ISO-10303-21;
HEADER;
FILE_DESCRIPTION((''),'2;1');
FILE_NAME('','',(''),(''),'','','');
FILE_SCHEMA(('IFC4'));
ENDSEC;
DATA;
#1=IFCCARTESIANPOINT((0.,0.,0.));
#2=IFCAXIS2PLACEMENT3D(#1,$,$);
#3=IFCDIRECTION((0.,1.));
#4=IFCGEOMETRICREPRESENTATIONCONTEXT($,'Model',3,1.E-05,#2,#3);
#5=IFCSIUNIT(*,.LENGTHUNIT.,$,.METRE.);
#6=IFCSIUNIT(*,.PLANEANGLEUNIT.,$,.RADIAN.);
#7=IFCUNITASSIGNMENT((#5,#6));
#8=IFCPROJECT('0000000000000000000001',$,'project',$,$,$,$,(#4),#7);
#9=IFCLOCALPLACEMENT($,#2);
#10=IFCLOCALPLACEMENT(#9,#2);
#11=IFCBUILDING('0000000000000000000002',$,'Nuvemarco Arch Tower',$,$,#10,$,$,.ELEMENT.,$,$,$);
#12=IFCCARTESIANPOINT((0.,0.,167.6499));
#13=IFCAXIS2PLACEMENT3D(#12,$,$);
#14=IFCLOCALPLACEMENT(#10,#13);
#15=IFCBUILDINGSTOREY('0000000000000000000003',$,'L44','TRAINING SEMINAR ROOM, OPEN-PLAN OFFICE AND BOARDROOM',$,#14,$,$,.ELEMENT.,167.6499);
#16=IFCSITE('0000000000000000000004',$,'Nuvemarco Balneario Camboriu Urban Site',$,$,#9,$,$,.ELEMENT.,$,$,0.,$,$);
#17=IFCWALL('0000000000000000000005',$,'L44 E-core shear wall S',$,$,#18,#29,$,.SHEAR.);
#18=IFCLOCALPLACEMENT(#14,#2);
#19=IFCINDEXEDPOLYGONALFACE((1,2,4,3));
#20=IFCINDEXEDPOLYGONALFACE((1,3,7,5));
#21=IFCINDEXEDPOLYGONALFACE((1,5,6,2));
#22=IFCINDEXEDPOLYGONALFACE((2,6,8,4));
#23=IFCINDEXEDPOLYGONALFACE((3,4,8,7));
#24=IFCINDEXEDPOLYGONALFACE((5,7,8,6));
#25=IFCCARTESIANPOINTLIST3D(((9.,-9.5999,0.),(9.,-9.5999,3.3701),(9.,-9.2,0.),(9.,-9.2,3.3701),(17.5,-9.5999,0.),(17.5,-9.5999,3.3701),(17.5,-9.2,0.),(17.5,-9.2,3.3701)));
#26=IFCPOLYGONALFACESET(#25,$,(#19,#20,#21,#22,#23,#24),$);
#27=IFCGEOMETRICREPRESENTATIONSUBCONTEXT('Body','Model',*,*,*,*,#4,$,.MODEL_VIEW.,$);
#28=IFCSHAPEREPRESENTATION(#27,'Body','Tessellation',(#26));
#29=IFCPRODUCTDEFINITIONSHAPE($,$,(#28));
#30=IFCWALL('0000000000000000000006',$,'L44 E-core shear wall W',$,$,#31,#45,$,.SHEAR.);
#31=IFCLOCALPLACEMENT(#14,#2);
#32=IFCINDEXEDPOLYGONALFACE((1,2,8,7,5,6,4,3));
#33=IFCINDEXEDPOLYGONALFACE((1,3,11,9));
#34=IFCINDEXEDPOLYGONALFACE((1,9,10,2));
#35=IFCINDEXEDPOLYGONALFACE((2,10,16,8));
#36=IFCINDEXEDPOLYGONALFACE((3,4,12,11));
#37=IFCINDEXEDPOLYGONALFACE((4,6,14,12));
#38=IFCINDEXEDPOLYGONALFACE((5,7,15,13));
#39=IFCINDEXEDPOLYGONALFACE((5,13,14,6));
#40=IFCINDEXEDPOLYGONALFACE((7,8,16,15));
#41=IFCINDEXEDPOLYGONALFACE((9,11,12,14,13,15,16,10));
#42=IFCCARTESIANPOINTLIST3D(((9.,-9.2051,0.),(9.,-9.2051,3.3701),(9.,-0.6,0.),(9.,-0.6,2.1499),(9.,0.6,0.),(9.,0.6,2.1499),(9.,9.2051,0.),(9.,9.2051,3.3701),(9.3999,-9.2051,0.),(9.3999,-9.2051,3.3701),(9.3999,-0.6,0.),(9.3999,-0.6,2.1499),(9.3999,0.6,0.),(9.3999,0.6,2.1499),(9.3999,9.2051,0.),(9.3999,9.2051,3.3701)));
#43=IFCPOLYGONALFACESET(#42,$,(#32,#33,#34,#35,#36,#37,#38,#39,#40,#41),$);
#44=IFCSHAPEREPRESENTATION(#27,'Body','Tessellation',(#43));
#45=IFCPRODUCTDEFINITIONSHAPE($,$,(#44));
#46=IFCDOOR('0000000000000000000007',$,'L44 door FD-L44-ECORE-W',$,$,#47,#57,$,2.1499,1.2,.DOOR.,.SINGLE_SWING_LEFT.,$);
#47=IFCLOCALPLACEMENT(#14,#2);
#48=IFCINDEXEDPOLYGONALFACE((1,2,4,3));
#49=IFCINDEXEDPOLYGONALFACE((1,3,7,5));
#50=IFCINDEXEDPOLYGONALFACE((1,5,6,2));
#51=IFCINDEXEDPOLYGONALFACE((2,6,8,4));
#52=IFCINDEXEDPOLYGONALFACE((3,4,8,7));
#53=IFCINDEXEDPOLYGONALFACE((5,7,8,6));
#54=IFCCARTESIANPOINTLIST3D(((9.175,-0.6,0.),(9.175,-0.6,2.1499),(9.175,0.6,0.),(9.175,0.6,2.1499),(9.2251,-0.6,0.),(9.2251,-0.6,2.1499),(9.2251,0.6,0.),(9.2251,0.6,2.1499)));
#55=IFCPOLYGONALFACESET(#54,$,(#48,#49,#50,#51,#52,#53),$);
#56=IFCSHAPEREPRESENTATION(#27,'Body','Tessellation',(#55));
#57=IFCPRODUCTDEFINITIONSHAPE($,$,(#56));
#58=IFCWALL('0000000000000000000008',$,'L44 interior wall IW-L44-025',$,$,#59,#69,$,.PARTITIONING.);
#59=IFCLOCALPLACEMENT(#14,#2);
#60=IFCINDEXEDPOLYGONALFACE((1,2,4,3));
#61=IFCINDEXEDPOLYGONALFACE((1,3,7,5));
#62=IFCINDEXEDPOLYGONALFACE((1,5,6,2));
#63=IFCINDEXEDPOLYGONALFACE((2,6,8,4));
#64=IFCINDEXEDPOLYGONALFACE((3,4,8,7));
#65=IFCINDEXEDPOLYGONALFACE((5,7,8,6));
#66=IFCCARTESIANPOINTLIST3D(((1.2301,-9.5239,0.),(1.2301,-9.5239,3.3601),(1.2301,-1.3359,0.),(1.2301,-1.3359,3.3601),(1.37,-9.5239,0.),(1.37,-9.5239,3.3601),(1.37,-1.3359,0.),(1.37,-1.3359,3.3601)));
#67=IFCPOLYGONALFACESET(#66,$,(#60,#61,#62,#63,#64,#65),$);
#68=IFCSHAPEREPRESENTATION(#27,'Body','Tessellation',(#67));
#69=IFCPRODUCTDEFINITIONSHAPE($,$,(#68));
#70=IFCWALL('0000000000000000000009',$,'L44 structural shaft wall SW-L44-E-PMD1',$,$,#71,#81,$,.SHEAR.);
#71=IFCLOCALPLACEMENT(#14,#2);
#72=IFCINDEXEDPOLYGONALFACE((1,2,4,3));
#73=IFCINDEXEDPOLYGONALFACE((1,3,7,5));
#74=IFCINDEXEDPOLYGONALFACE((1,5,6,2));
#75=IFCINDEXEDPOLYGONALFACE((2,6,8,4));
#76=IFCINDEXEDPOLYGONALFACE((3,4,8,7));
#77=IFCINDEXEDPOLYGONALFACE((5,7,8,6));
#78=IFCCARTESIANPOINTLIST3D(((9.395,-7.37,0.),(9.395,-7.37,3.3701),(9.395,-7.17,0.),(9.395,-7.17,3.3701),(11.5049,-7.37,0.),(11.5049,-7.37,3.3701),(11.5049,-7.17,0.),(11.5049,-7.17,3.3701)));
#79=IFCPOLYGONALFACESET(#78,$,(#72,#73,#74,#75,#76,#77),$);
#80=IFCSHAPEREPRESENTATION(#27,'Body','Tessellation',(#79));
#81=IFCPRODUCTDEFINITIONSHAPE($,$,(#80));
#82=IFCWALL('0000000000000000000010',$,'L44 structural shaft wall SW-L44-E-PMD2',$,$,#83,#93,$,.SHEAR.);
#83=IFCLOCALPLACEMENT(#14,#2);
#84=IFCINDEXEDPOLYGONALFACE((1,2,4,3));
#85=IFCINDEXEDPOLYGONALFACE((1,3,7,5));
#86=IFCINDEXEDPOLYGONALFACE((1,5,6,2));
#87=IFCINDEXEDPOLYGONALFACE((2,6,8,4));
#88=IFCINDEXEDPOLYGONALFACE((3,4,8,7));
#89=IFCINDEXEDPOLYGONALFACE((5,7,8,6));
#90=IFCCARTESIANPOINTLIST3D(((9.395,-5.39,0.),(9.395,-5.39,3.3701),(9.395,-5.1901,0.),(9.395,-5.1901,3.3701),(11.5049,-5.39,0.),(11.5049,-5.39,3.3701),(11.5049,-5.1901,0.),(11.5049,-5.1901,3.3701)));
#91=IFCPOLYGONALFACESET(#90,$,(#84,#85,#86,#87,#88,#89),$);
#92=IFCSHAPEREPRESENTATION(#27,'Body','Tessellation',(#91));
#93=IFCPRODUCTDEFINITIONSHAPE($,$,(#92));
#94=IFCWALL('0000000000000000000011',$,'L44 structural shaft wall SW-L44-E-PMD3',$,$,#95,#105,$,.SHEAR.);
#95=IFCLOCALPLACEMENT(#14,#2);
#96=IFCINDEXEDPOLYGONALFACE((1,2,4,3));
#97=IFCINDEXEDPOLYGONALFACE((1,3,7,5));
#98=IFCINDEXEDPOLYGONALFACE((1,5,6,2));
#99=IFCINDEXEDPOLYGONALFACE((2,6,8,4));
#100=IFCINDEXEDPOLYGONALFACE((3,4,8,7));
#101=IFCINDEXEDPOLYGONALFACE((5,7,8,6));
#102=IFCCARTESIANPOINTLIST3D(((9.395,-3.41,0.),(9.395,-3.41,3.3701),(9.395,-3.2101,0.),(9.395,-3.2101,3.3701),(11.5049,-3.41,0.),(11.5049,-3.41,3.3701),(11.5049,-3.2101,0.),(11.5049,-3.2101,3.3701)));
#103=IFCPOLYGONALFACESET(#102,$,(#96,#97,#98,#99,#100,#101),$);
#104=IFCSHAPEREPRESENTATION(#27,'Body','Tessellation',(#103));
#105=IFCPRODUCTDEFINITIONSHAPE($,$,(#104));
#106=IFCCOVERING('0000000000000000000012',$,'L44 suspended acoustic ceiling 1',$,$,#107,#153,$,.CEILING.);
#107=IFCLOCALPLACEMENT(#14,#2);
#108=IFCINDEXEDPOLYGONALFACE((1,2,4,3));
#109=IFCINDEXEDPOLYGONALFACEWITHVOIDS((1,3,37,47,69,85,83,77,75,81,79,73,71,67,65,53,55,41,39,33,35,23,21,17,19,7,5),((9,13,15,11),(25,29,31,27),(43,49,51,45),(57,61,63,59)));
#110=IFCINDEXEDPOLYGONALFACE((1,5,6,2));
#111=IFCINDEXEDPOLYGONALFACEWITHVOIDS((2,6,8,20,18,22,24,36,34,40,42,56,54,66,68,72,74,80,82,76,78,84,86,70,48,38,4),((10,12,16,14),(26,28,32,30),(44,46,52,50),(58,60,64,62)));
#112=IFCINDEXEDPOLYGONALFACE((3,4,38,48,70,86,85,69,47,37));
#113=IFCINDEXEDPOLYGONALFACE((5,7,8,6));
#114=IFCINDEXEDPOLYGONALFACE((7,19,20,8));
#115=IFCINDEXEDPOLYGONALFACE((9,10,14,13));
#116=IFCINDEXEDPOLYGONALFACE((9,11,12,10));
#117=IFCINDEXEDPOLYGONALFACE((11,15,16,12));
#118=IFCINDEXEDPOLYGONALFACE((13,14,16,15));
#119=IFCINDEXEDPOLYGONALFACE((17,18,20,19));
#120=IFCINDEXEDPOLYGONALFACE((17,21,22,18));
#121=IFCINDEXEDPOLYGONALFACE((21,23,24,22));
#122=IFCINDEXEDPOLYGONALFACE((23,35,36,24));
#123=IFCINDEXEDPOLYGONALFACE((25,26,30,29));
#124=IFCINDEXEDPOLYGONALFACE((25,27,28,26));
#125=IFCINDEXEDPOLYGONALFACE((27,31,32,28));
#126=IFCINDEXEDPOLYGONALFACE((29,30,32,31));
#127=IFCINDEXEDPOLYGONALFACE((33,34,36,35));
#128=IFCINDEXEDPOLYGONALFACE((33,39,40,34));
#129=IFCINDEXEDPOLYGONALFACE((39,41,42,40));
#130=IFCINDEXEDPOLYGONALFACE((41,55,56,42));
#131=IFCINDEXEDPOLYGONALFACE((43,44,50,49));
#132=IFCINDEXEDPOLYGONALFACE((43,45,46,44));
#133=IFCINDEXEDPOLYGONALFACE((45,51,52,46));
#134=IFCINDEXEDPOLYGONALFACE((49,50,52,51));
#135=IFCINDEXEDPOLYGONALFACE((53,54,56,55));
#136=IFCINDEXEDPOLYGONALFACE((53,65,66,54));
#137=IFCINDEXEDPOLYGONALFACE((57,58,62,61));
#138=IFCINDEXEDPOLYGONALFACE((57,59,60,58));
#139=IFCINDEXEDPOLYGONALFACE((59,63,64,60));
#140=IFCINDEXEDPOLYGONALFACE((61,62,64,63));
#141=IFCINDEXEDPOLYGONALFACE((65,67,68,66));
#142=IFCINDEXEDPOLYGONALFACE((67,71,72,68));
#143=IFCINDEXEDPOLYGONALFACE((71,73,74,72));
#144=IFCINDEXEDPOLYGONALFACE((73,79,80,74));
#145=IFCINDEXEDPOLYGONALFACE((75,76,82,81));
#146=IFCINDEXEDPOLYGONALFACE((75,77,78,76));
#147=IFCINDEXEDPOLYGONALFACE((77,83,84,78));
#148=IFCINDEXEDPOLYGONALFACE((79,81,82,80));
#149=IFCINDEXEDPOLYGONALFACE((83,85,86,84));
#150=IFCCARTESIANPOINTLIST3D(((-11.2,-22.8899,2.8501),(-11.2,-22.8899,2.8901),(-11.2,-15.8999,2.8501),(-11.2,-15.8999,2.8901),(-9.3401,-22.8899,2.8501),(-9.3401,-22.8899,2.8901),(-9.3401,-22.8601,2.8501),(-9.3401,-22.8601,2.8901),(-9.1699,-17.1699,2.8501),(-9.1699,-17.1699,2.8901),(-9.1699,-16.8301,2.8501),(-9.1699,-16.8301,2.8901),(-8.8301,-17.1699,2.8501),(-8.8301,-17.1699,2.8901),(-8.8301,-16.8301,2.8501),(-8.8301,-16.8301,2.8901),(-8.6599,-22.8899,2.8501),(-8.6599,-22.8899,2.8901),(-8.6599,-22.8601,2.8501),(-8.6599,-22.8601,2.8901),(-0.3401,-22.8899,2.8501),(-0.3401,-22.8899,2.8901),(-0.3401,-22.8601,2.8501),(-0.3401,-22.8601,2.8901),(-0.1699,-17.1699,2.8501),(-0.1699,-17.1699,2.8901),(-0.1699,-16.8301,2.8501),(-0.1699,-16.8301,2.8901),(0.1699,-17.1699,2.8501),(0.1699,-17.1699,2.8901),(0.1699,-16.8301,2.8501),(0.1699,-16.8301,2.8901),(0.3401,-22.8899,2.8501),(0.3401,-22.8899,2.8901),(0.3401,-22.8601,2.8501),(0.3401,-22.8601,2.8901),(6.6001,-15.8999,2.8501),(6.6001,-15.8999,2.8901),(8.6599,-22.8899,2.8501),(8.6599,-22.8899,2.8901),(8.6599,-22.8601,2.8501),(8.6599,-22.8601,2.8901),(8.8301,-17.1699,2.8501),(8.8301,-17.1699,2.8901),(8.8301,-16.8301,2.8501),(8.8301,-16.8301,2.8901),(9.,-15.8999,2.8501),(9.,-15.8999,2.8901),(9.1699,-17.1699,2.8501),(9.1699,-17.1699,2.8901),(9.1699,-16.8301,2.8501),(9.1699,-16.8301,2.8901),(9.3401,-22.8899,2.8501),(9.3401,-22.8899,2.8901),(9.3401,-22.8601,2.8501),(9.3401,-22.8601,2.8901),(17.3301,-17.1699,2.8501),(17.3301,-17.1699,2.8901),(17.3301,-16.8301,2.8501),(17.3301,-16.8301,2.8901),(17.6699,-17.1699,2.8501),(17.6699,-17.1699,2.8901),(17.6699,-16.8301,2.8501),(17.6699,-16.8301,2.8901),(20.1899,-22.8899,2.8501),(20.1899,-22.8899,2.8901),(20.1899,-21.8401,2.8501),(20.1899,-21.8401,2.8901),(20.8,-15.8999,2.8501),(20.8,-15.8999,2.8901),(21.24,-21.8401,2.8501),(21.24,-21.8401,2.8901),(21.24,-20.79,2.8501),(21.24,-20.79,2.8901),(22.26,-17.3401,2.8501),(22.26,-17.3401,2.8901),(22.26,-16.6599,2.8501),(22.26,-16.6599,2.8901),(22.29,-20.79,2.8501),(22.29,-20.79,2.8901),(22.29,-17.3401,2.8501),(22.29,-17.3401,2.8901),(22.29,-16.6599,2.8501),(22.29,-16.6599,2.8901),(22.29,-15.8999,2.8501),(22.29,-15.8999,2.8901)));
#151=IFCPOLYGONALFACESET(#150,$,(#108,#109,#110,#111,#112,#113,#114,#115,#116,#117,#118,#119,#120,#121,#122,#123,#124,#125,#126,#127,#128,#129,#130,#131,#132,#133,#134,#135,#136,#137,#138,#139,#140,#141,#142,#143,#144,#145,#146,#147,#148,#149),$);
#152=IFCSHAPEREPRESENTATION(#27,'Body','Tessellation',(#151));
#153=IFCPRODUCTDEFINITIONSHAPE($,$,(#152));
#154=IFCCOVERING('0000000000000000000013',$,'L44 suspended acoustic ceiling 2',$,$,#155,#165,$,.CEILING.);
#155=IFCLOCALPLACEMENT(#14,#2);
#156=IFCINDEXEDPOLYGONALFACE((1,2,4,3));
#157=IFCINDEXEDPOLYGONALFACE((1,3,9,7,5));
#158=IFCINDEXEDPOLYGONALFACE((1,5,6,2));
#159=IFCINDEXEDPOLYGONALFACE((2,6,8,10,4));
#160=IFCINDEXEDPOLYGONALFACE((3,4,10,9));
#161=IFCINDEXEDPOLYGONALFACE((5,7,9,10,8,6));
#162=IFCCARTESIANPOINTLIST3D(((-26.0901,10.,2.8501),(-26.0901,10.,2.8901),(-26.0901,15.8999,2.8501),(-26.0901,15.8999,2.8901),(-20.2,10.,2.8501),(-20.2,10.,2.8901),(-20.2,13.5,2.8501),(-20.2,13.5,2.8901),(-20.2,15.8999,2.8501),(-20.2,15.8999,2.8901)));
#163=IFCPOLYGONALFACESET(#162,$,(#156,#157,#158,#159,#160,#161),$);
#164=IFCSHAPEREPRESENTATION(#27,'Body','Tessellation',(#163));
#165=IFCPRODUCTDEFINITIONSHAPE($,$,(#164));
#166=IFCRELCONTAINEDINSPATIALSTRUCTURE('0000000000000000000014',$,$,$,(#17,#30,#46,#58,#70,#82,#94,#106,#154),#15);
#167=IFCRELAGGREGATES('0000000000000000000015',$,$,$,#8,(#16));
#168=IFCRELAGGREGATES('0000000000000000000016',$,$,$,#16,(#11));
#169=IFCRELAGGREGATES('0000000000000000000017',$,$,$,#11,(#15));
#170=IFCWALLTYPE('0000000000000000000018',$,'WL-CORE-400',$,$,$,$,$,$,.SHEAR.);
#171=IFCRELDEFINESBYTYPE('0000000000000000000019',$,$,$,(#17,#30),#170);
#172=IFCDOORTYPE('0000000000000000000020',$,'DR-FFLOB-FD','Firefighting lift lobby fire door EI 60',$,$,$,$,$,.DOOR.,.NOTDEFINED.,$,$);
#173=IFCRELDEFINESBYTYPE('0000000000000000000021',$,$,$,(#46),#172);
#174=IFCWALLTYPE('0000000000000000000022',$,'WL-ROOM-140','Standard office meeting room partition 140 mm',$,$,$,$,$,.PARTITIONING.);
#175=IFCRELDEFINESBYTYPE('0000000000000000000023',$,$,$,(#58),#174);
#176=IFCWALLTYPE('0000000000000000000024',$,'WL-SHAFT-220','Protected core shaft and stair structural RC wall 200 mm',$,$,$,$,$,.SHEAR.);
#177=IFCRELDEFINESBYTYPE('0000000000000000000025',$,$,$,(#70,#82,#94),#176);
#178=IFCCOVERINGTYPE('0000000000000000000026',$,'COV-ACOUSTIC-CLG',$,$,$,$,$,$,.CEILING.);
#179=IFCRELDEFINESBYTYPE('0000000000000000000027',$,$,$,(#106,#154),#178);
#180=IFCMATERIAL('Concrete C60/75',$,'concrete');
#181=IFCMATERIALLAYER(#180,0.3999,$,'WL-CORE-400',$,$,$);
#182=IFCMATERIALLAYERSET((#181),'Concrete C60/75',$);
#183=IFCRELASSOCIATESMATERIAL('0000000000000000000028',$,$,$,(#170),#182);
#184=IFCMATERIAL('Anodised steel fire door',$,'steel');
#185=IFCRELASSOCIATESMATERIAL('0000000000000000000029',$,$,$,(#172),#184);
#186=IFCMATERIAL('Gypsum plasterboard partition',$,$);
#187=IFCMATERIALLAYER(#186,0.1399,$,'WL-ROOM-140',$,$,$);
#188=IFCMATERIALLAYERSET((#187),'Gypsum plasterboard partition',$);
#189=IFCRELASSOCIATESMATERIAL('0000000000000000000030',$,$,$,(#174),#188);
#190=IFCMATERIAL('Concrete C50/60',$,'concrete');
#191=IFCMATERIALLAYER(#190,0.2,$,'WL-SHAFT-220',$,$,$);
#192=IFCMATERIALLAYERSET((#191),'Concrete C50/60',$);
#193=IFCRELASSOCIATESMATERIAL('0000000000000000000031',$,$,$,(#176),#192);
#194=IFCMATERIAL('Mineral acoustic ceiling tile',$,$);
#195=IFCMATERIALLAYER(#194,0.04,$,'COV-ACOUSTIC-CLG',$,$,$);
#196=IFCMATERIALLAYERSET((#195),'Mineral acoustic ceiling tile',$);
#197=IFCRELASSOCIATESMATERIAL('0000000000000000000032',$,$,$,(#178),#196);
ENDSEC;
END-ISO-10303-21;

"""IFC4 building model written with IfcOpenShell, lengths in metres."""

from ifc_helpers import new_model, si_unit, direction, frame, frame_2d, origin, place, context, subcontext, project, spatial, polyline, rectangle, outline, extrude, source, transform, mapped, material, layer, layer_set, type_object, type_shapes, element, fill, save


model = new_model("IFC4")

# Units and contexts
model_context = context("Model", 3, precision=1e-05, world=origin(), true_north=direction((0.0, 1.0)))
body_context = subcontext(model_context, "Body", "Model", "MODEL_VIEW")
ifc_project = project(units=[si_unit("LENGTHUNIT", "METRE"), si_unit("PLANEANGLEUNIT", "RADIAN")], contexts=[model_context])

# Site, building, storey
site_placement = place(None, origin())
site = spatial("IfcSite", under=ifc_project, at=site_placement, Name="Nuvemarco Balneario Camboriu Urban Site", CompositionType="ELEMENT", RefElevation=0.0)
building_placement = place(site_placement, origin())
building = spatial("IfcBuilding", under=site, at=building_placement, Name="Nuvemarco Arch Tower", CompositionType="ELEMENT")
storey_placement = place(building_placement, frame((0.0, 0.0, 167.6499)))
storey = spatial("IfcBuildingStorey", under=building, at=storey_placement, Name="L44", Description="TRAINING SEMINAR ROOM, OPEN-PLAN OFFICE AND BOARDROOM", CompositionType="ELEMENT", Elevation=167.6499)

# Shared definitions
ifc_material_1 = material(Name="Concrete C50/60", Category="concrete")

# Wall
ifc_material_2 = material(Name="Concrete C60/75", Category="concrete")
ifc_layer_1 = layer(ifc_material_2, 0.3999, Name="WL-CORE-400")
ifc_layer_set_1 = layer_set([ifc_layer_1], Name="Concrete C60/75")
wall_type_1 = type_object("IfcWallType", Name="WL-CORE-400", PredefinedType="SHEAR", material=ifc_layer_set_1)
wall_1_placement = place(storey_placement, frame((9.0, -9.3999, 0.0), z_axis=(0.0, 0.0, 1.0), x_axis=(1.0, 0.0, 0.0)))
element("IfcWall", 1, at=wall_1_placement, inside=storey, type_object=wall_type_1, Name="L44 E-core shear wall S", PredefinedType="SHEAR", context=body_context, shape_type="SweptSolid", body=[
    extrude(rectangle(XDim=8.5, YDim=0.3999, at=frame_2d((4.25, 0.0))), origin(), (0.0, 0.0, 1.0), 3.3701),
])

# Wall, opening, door
wall_2_placement = place(storey_placement, frame((9.2, -9.2051, 0.0), z_axis=(0.0, 0.0, 1.0), x_axis=(0.0, 1.0, 0.0)))
wall_2 = element("IfcWall", 2, at=wall_2_placement, inside=storey, type_object=wall_type_1, Name="L44 E-core shear wall W", PredefinedType="SHEAR", context=body_context, shape_type="SweptSolid", body=[
    extrude(rectangle(XDim=18.4102, YDim=0.3999, at=frame_2d((9.2051, 0.0))), origin(), (0.0, 0.0, 1.0), 3.3701),
])
opening_placement = place(wall_2_placement, frame((8.605, 0.0, 0.0)))
opening = element("IfcOpeningElement", 3, at=opening_placement, cuts=wall_2, PredefinedType="OPENING", context=body_context, shape_type="SweptSolid", body=[
    extrude(rectangle(XDim=1.2, YDim=2.1499, at=frame_2d((0.6001, 1.075))), frame((0.0, 0.21, 0.0), z_axis=(0.0, -1.0, 0.0), x_axis=(1.0, 0.0, 0.0)), (0.0, 0.0, 1.0), 0.4199),
])
ifc_material_3 = material(Name="Anodised steel fire door", Category="steel")
door_type = type_object("IfcDoorType", Name="DR-FFLOB-FD", Description="Firefighting lift lobby fire door EI 60", OperationType="NOTDEFINED", PredefinedType="DOOR", material=ifc_material_3)
shared_shape = source(origin(), body_context, "Body", "SweptSolid", [
    extrude(rectangle(XDim=1.2, YDim=2.1499, at=frame_2d((0.6001, 1.075))), frame((0.0, 0.0249, 0.0), z_axis=(0.0, -1.0, 0.0), x_axis=(1.0, 0.0, 0.0)), (0.0, 0.0, 1.0), 0.05),
])
type_shapes(door_type, [shared_shape])
door_placement = place(opening_placement, origin())
door = element("IfcDoor", 4, at=door_placement, inside=storey, type_object=door_type, Name="L44 door FD-L44-ECORE-W", OperationType="SINGLE_SWING_LEFT", OverallHeight=2.1499, OverallWidth=1.2, PredefinedType="DOOR", context=body_context, shape_type="MappedRepresentation", body=[
    mapped(shared_shape, transform((0.0, 0.0, 0.0), scale=1.0)),
])
fill(opening, door)

# Walls
ifc_material_4 = material(Name="Gypsum plasterboard partition")
ifc_layer_2 = layer(ifc_material_4, 0.1399, Name="WL-ROOM-140")
ifc_layer_set_2 = layer_set([ifc_layer_2], Name="Gypsum plasterboard partition")
wall_type_2 = type_object("IfcWallType", Name="WL-ROOM-140", Description="Standard office meeting room partition 140 mm", PredefinedType="PARTITIONING", material=ifc_layer_set_2)
wall_3_placement = place(storey_placement, frame((1.3, -9.5239, 0.0), z_axis=(0.0, 0.0, 1.0), x_axis=(0.0, 1.0, 0.0)))
element("IfcWall", 5, at=wall_3_placement, inside=storey, type_object=wall_type_2, Name="L44 interior wall IW-L44-025", PredefinedType="PARTITIONING", context=body_context, shape_type="SweptSolid", body=[
    extrude(rectangle(XDim=8.188, YDim=0.1399, at=frame_2d((4.094, 0.0))), origin(), (0.0, 0.0, 1.0), 3.3601),
])
ifc_layer_3 = layer(ifc_material_1, 0.2, Name="WL-SHAFT-220")
ifc_layer_set_3 = layer_set([ifc_layer_3], Name="Concrete C50/60")
wall_type_3 = type_object("IfcWallType", Name="WL-SHAFT-220", Description="Protected core shaft and stair structural RC wall 200 mm", PredefinedType="SHEAR", material=ifc_layer_set_3)
for number, where, z_axis, x_axis, name in (
    (6, (9.395, -7.27, 0.0), (0.0, 0.0, 1.0), (1.0, 0.0, 0.0), "L44 structural shaft wall SW-L44-E-PMD1"),
    (7, (9.395, -5.29, 0.0), (0.0, 0.0, 1.0), (1.0, 0.0, 0.0), "L44 structural shaft wall SW-L44-E-PMD2"),
    (8, (9.395, -3.3101, 0.0), (0.0, 0.0, 1.0), (1.0, 0.0, 0.0), "L44 structural shaft wall SW-L44-E-PMD3"),
):
    element("IfcWall", number, at=place(storey_placement, frame(where, z_axis=z_axis, x_axis=x_axis)), inside=storey, type_object=wall_type_3, Name=name, PredefinedType="SHEAR", context=body_context, shape_type="SweptSolid", body=[
        extrude(rectangle(XDim=2.1099, YDim=0.2, at=frame_2d((1.0549, 0.0))), origin(), (0.0, 0.0, 1.0), 3.3701),
    ])

# Coverings
ifc_material_5 = material(Name="Mineral acoustic ceiling tile")
ifc_layer_4 = layer(ifc_material_5, 0.04, Name="COV-ACOUSTIC-CLG")
ifc_layer_set_4 = layer_set([ifc_layer_4], Name="Mineral acoustic ceiling tile")
covering_type_1 = type_object("IfcCoveringType", Name="COV-ACOUSTIC-CLG", PredefinedType="CEILING", material=ifc_layer_set_4)
covering_1_placement = place(storey_placement, frame((0.0, 0.0, 2.8501)))
element("IfcCovering", 9, at=covering_1_placement, inside=storey, type_object=covering_type_1, Name="L44 suspended acoustic ceiling 1", PredefinedType="CEILING", context=body_context, shape_type="SweptSolid", body=[
    extrude(outline(polyline([(20.1899, -22.8899), (9.3401, -22.8899), (9.3401, -22.8601), (8.6599, -22.8601), (8.6599, -22.8899), (0.3401, -22.8899), (0.3401, -22.8601), (-0.3401, -22.8601), (-0.3401, -22.8899), (-8.6599, -22.8899), (-8.6599, -22.8601), (-9.3401, -22.8601), (-9.3401, -22.8899), (-11.2, -22.8899), (-11.2, -15.8999), (6.6001, -15.8999), (9.0, -15.8999), (20.8, -15.8999), (22.29, -15.8999), (22.29, -16.6599), (22.26, -16.6599), (22.26, -17.3401), (22.29, -17.3401), (22.29, -20.79), (21.24, -20.79), (21.24, -21.8401), (20.1899, -21.8401), (20.1899, -22.8899)]), holes=[polyline([(-8.8301, -17.1699), (-8.8301, -16.8301), (-9.1699, -16.8301), (-9.1699, -17.1699), (-8.8301, -17.1699)]), polyline([(0.1699, -17.1699), (0.1699, -16.8301), (-0.1699, -16.8301), (-0.1699, -17.1699), (0.1699, -17.1699)]), polyline([(9.1699, -17.1699), (9.1699, -16.8301), (8.8301, -16.8301), (8.8301, -17.1699), (9.1699, -17.1699)]), polyline([(17.6699, -17.1699), (17.6699, -16.8301), (17.3301, -16.8301), (17.3301, -17.1699), (17.6699, -17.1699)])]), origin(), (0.0, 0.0, 1.0), 0.04),
])
covering_2_placement = place(storey_placement, frame((0.0, 0.0, 2.8501)))
element("IfcCovering", 10, at=covering_2_placement, inside=storey, type_object=covering_type_1, Name="L44 suspended acoustic ceiling 2", PredefinedType="CEILING", context=body_context, shape_type="SweptSolid", body=[
    extrude(outline(polyline([(-26.0901, 15.8999), (-20.2, 15.8999), (-20.2, 13.5), (-20.2, 10.0), (-26.0901, 10.0), (-26.0901, 15.8999)])), origin(), (0.0, 0.0, 1.0), 0.04),
])

save(model, "model.ifc")
